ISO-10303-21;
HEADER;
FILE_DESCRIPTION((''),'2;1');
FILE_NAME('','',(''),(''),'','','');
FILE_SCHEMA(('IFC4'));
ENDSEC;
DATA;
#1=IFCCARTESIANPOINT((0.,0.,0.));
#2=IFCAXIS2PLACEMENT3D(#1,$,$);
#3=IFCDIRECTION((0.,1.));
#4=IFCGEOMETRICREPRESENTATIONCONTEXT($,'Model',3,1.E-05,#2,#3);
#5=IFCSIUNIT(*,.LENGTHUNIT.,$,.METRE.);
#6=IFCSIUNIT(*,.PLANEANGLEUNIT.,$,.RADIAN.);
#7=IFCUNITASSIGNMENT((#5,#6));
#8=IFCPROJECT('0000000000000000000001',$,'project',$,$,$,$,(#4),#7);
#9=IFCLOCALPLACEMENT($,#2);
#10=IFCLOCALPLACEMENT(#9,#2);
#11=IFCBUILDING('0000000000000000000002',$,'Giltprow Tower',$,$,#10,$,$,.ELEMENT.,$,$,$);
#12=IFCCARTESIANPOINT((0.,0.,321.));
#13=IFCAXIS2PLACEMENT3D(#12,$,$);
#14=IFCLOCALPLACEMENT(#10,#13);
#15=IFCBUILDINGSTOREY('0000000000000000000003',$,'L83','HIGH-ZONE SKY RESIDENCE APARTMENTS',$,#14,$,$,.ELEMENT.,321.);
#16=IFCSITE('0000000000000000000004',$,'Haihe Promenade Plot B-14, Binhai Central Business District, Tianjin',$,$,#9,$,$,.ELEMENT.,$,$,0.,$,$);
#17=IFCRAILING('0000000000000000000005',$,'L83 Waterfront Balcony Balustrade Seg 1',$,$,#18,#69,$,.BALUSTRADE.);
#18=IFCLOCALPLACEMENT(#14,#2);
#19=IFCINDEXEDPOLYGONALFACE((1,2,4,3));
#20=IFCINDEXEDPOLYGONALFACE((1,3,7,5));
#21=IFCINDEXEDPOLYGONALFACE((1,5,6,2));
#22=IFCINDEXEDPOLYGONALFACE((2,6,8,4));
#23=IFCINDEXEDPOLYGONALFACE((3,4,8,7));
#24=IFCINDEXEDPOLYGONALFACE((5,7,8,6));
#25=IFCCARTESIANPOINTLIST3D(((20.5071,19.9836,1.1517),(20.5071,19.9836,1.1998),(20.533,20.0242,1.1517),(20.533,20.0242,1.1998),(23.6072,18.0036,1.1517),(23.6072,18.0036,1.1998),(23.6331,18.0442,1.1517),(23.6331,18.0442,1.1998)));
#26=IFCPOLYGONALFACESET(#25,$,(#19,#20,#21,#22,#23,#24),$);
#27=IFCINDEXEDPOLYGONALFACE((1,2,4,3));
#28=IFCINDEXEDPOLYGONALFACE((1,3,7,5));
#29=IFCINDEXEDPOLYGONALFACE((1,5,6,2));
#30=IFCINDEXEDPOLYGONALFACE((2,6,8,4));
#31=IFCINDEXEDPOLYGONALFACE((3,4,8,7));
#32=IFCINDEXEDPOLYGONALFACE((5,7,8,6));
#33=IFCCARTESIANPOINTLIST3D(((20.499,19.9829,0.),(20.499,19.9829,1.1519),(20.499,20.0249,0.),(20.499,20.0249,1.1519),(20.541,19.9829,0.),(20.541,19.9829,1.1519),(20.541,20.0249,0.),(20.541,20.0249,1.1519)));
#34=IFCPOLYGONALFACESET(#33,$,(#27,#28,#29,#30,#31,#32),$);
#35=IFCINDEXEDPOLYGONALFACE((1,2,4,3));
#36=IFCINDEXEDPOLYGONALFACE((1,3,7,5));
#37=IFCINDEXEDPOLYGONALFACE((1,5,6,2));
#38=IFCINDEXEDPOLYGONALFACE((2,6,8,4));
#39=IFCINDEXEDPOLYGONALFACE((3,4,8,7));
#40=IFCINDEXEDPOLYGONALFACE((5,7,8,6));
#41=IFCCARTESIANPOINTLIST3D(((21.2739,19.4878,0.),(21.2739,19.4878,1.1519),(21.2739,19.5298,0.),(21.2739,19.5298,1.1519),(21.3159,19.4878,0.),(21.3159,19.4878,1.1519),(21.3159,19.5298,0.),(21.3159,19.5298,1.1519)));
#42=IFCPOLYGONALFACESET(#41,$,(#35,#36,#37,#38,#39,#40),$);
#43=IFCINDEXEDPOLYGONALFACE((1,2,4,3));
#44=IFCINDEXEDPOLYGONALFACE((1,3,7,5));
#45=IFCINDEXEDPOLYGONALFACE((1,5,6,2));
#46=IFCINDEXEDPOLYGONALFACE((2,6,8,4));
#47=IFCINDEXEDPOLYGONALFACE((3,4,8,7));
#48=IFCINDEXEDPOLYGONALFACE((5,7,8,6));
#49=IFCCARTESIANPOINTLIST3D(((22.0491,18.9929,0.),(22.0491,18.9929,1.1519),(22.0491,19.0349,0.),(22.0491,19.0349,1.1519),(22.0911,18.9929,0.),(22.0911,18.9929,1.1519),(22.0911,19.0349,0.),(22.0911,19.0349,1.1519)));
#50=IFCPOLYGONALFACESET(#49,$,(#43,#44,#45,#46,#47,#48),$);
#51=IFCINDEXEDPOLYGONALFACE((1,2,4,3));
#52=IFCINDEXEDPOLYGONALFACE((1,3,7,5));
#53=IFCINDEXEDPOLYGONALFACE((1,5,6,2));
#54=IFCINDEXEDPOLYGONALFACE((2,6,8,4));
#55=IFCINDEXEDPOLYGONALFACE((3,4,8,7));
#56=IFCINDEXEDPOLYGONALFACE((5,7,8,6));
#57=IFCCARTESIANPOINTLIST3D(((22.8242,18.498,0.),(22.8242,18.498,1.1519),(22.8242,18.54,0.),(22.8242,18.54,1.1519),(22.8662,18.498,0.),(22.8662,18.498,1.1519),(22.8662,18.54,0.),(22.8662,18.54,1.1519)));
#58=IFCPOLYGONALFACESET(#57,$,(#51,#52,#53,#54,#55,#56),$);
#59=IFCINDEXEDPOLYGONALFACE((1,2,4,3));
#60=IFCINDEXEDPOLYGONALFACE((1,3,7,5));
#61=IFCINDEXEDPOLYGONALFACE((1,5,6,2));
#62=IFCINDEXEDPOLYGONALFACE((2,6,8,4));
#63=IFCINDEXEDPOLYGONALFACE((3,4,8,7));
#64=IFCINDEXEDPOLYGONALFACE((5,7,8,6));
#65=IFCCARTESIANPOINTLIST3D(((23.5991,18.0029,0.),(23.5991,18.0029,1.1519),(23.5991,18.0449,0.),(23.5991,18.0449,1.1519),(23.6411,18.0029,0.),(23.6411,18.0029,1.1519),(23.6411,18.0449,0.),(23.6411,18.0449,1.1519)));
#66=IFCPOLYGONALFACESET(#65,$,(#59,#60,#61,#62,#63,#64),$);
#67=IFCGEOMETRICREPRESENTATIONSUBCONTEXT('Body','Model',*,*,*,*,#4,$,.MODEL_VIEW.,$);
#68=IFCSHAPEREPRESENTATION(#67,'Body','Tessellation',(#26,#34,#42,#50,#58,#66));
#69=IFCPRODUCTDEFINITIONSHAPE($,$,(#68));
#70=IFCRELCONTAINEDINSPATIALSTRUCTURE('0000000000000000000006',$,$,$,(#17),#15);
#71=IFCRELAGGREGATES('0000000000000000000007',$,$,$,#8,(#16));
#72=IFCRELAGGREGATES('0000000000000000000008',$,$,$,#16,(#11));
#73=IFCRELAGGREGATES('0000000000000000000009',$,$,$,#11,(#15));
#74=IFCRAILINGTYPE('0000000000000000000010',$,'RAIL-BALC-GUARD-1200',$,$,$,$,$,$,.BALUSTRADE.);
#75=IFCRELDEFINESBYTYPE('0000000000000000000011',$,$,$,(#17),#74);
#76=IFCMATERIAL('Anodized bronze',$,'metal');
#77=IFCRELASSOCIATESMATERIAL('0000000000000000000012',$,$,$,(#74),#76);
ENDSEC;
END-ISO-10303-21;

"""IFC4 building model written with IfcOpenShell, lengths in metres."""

from ifc_helpers import new_model, si_unit, direction, frame, origin, origin_2d, place, context, subcontext, project, spatial, rectangle, extrude, material, type_object, element, save


model = new_model("IFC4")

# Units and contexts
model_context = context("Model", 3, precision=1e-05, world=origin(), true_north=direction((0.0, 1.0)))
body_context = subcontext(model_context, "Body", "Model", "MODEL_VIEW")
ifc_project = project(units=[si_unit("LENGTHUNIT", "METRE"), si_unit("PLANEANGLEUNIT", "RADIAN")], contexts=[model_context])

# Site, building, storey
site_placement = place(None, origin())
site = spatial("IfcSite", under=ifc_project, at=site_placement, Name="Haihe Promenade Plot B-14, Binhai Central Business District, Tianjin", CompositionType="ELEMENT", RefElevation=0.0)
building_placement = place(site_placement, origin())
building = spatial("IfcBuilding", under=site, at=building_placement, Name="Giltprow Tower", CompositionType="ELEMENT")
storey_placement = place(building_placement, frame((0.0, 0.0, 321.0)))
storey = spatial("IfcBuildingStorey", under=building, at=storey_placement, Name="L83", Description="HIGH-ZONE SKY RESIDENCE APARTMENTS", CompositionType="ELEMENT", Elevation=321.0)

# Shared definitions
ifc_material_1 = material(Name="Anodized bronze", Category="metal")

# Railing
railing_type = type_object("IfcRailingType", Name="RAIL-BALC-GUARD-1200", PredefinedType="BALUSTRADE", material=ifc_material_1)
railing_1_placement = place(storey_placement, frame((20.52, 20.0039, 0.0)))
element("IfcRailing", 1, at=railing_1_placement, inside=storey, type_object=railing_type, Name="L83 Waterfront Balcony Balustrade Seg 1", PredefinedType="BALUSTRADE", context=body_context, shape_type="SweptSolid", body=[
    extrude(rectangle(XDim=0.0481, YDim=0.0481, at=origin_2d()), frame((0.0, 0.0, 1.1758), z_axis=(0.842775, -0.538266, 0.0), x_axis=(0.538266, 0.842775, 0.0)), (0.0, 0.0, 1.0), 3.6785),
    extrude(rectangle(XDim=0.042, YDim=0.042, at=origin_2d()), origin(), (0.0, 0.0, 1.0), 1.1519),
    extrude(rectangle(XDim=0.042, YDim=0.042, at=origin_2d()), frame((0.7749, -0.4951, 0.0)), (0.0, 0.0, 1.0), 1.1519),
    extrude(rectangle(XDim=0.042, YDim=0.042, at=origin_2d()), frame((1.55, -0.99, 0.0)), (0.0, 0.0, 1.0), 1.1519),
    extrude(rectangle(XDim=0.042, YDim=0.042, at=origin_2d()), frame((2.3252, -1.4849, 0.0)), (0.0, 0.0, 1.0), 1.1519),
    extrude(rectangle(XDim=0.042, YDim=0.042, at=origin_2d()), frame((3.1001, -1.98, 0.0)), (0.0, 0.0, 1.0), 1.1519),
])

save(model, "model.ifc")
